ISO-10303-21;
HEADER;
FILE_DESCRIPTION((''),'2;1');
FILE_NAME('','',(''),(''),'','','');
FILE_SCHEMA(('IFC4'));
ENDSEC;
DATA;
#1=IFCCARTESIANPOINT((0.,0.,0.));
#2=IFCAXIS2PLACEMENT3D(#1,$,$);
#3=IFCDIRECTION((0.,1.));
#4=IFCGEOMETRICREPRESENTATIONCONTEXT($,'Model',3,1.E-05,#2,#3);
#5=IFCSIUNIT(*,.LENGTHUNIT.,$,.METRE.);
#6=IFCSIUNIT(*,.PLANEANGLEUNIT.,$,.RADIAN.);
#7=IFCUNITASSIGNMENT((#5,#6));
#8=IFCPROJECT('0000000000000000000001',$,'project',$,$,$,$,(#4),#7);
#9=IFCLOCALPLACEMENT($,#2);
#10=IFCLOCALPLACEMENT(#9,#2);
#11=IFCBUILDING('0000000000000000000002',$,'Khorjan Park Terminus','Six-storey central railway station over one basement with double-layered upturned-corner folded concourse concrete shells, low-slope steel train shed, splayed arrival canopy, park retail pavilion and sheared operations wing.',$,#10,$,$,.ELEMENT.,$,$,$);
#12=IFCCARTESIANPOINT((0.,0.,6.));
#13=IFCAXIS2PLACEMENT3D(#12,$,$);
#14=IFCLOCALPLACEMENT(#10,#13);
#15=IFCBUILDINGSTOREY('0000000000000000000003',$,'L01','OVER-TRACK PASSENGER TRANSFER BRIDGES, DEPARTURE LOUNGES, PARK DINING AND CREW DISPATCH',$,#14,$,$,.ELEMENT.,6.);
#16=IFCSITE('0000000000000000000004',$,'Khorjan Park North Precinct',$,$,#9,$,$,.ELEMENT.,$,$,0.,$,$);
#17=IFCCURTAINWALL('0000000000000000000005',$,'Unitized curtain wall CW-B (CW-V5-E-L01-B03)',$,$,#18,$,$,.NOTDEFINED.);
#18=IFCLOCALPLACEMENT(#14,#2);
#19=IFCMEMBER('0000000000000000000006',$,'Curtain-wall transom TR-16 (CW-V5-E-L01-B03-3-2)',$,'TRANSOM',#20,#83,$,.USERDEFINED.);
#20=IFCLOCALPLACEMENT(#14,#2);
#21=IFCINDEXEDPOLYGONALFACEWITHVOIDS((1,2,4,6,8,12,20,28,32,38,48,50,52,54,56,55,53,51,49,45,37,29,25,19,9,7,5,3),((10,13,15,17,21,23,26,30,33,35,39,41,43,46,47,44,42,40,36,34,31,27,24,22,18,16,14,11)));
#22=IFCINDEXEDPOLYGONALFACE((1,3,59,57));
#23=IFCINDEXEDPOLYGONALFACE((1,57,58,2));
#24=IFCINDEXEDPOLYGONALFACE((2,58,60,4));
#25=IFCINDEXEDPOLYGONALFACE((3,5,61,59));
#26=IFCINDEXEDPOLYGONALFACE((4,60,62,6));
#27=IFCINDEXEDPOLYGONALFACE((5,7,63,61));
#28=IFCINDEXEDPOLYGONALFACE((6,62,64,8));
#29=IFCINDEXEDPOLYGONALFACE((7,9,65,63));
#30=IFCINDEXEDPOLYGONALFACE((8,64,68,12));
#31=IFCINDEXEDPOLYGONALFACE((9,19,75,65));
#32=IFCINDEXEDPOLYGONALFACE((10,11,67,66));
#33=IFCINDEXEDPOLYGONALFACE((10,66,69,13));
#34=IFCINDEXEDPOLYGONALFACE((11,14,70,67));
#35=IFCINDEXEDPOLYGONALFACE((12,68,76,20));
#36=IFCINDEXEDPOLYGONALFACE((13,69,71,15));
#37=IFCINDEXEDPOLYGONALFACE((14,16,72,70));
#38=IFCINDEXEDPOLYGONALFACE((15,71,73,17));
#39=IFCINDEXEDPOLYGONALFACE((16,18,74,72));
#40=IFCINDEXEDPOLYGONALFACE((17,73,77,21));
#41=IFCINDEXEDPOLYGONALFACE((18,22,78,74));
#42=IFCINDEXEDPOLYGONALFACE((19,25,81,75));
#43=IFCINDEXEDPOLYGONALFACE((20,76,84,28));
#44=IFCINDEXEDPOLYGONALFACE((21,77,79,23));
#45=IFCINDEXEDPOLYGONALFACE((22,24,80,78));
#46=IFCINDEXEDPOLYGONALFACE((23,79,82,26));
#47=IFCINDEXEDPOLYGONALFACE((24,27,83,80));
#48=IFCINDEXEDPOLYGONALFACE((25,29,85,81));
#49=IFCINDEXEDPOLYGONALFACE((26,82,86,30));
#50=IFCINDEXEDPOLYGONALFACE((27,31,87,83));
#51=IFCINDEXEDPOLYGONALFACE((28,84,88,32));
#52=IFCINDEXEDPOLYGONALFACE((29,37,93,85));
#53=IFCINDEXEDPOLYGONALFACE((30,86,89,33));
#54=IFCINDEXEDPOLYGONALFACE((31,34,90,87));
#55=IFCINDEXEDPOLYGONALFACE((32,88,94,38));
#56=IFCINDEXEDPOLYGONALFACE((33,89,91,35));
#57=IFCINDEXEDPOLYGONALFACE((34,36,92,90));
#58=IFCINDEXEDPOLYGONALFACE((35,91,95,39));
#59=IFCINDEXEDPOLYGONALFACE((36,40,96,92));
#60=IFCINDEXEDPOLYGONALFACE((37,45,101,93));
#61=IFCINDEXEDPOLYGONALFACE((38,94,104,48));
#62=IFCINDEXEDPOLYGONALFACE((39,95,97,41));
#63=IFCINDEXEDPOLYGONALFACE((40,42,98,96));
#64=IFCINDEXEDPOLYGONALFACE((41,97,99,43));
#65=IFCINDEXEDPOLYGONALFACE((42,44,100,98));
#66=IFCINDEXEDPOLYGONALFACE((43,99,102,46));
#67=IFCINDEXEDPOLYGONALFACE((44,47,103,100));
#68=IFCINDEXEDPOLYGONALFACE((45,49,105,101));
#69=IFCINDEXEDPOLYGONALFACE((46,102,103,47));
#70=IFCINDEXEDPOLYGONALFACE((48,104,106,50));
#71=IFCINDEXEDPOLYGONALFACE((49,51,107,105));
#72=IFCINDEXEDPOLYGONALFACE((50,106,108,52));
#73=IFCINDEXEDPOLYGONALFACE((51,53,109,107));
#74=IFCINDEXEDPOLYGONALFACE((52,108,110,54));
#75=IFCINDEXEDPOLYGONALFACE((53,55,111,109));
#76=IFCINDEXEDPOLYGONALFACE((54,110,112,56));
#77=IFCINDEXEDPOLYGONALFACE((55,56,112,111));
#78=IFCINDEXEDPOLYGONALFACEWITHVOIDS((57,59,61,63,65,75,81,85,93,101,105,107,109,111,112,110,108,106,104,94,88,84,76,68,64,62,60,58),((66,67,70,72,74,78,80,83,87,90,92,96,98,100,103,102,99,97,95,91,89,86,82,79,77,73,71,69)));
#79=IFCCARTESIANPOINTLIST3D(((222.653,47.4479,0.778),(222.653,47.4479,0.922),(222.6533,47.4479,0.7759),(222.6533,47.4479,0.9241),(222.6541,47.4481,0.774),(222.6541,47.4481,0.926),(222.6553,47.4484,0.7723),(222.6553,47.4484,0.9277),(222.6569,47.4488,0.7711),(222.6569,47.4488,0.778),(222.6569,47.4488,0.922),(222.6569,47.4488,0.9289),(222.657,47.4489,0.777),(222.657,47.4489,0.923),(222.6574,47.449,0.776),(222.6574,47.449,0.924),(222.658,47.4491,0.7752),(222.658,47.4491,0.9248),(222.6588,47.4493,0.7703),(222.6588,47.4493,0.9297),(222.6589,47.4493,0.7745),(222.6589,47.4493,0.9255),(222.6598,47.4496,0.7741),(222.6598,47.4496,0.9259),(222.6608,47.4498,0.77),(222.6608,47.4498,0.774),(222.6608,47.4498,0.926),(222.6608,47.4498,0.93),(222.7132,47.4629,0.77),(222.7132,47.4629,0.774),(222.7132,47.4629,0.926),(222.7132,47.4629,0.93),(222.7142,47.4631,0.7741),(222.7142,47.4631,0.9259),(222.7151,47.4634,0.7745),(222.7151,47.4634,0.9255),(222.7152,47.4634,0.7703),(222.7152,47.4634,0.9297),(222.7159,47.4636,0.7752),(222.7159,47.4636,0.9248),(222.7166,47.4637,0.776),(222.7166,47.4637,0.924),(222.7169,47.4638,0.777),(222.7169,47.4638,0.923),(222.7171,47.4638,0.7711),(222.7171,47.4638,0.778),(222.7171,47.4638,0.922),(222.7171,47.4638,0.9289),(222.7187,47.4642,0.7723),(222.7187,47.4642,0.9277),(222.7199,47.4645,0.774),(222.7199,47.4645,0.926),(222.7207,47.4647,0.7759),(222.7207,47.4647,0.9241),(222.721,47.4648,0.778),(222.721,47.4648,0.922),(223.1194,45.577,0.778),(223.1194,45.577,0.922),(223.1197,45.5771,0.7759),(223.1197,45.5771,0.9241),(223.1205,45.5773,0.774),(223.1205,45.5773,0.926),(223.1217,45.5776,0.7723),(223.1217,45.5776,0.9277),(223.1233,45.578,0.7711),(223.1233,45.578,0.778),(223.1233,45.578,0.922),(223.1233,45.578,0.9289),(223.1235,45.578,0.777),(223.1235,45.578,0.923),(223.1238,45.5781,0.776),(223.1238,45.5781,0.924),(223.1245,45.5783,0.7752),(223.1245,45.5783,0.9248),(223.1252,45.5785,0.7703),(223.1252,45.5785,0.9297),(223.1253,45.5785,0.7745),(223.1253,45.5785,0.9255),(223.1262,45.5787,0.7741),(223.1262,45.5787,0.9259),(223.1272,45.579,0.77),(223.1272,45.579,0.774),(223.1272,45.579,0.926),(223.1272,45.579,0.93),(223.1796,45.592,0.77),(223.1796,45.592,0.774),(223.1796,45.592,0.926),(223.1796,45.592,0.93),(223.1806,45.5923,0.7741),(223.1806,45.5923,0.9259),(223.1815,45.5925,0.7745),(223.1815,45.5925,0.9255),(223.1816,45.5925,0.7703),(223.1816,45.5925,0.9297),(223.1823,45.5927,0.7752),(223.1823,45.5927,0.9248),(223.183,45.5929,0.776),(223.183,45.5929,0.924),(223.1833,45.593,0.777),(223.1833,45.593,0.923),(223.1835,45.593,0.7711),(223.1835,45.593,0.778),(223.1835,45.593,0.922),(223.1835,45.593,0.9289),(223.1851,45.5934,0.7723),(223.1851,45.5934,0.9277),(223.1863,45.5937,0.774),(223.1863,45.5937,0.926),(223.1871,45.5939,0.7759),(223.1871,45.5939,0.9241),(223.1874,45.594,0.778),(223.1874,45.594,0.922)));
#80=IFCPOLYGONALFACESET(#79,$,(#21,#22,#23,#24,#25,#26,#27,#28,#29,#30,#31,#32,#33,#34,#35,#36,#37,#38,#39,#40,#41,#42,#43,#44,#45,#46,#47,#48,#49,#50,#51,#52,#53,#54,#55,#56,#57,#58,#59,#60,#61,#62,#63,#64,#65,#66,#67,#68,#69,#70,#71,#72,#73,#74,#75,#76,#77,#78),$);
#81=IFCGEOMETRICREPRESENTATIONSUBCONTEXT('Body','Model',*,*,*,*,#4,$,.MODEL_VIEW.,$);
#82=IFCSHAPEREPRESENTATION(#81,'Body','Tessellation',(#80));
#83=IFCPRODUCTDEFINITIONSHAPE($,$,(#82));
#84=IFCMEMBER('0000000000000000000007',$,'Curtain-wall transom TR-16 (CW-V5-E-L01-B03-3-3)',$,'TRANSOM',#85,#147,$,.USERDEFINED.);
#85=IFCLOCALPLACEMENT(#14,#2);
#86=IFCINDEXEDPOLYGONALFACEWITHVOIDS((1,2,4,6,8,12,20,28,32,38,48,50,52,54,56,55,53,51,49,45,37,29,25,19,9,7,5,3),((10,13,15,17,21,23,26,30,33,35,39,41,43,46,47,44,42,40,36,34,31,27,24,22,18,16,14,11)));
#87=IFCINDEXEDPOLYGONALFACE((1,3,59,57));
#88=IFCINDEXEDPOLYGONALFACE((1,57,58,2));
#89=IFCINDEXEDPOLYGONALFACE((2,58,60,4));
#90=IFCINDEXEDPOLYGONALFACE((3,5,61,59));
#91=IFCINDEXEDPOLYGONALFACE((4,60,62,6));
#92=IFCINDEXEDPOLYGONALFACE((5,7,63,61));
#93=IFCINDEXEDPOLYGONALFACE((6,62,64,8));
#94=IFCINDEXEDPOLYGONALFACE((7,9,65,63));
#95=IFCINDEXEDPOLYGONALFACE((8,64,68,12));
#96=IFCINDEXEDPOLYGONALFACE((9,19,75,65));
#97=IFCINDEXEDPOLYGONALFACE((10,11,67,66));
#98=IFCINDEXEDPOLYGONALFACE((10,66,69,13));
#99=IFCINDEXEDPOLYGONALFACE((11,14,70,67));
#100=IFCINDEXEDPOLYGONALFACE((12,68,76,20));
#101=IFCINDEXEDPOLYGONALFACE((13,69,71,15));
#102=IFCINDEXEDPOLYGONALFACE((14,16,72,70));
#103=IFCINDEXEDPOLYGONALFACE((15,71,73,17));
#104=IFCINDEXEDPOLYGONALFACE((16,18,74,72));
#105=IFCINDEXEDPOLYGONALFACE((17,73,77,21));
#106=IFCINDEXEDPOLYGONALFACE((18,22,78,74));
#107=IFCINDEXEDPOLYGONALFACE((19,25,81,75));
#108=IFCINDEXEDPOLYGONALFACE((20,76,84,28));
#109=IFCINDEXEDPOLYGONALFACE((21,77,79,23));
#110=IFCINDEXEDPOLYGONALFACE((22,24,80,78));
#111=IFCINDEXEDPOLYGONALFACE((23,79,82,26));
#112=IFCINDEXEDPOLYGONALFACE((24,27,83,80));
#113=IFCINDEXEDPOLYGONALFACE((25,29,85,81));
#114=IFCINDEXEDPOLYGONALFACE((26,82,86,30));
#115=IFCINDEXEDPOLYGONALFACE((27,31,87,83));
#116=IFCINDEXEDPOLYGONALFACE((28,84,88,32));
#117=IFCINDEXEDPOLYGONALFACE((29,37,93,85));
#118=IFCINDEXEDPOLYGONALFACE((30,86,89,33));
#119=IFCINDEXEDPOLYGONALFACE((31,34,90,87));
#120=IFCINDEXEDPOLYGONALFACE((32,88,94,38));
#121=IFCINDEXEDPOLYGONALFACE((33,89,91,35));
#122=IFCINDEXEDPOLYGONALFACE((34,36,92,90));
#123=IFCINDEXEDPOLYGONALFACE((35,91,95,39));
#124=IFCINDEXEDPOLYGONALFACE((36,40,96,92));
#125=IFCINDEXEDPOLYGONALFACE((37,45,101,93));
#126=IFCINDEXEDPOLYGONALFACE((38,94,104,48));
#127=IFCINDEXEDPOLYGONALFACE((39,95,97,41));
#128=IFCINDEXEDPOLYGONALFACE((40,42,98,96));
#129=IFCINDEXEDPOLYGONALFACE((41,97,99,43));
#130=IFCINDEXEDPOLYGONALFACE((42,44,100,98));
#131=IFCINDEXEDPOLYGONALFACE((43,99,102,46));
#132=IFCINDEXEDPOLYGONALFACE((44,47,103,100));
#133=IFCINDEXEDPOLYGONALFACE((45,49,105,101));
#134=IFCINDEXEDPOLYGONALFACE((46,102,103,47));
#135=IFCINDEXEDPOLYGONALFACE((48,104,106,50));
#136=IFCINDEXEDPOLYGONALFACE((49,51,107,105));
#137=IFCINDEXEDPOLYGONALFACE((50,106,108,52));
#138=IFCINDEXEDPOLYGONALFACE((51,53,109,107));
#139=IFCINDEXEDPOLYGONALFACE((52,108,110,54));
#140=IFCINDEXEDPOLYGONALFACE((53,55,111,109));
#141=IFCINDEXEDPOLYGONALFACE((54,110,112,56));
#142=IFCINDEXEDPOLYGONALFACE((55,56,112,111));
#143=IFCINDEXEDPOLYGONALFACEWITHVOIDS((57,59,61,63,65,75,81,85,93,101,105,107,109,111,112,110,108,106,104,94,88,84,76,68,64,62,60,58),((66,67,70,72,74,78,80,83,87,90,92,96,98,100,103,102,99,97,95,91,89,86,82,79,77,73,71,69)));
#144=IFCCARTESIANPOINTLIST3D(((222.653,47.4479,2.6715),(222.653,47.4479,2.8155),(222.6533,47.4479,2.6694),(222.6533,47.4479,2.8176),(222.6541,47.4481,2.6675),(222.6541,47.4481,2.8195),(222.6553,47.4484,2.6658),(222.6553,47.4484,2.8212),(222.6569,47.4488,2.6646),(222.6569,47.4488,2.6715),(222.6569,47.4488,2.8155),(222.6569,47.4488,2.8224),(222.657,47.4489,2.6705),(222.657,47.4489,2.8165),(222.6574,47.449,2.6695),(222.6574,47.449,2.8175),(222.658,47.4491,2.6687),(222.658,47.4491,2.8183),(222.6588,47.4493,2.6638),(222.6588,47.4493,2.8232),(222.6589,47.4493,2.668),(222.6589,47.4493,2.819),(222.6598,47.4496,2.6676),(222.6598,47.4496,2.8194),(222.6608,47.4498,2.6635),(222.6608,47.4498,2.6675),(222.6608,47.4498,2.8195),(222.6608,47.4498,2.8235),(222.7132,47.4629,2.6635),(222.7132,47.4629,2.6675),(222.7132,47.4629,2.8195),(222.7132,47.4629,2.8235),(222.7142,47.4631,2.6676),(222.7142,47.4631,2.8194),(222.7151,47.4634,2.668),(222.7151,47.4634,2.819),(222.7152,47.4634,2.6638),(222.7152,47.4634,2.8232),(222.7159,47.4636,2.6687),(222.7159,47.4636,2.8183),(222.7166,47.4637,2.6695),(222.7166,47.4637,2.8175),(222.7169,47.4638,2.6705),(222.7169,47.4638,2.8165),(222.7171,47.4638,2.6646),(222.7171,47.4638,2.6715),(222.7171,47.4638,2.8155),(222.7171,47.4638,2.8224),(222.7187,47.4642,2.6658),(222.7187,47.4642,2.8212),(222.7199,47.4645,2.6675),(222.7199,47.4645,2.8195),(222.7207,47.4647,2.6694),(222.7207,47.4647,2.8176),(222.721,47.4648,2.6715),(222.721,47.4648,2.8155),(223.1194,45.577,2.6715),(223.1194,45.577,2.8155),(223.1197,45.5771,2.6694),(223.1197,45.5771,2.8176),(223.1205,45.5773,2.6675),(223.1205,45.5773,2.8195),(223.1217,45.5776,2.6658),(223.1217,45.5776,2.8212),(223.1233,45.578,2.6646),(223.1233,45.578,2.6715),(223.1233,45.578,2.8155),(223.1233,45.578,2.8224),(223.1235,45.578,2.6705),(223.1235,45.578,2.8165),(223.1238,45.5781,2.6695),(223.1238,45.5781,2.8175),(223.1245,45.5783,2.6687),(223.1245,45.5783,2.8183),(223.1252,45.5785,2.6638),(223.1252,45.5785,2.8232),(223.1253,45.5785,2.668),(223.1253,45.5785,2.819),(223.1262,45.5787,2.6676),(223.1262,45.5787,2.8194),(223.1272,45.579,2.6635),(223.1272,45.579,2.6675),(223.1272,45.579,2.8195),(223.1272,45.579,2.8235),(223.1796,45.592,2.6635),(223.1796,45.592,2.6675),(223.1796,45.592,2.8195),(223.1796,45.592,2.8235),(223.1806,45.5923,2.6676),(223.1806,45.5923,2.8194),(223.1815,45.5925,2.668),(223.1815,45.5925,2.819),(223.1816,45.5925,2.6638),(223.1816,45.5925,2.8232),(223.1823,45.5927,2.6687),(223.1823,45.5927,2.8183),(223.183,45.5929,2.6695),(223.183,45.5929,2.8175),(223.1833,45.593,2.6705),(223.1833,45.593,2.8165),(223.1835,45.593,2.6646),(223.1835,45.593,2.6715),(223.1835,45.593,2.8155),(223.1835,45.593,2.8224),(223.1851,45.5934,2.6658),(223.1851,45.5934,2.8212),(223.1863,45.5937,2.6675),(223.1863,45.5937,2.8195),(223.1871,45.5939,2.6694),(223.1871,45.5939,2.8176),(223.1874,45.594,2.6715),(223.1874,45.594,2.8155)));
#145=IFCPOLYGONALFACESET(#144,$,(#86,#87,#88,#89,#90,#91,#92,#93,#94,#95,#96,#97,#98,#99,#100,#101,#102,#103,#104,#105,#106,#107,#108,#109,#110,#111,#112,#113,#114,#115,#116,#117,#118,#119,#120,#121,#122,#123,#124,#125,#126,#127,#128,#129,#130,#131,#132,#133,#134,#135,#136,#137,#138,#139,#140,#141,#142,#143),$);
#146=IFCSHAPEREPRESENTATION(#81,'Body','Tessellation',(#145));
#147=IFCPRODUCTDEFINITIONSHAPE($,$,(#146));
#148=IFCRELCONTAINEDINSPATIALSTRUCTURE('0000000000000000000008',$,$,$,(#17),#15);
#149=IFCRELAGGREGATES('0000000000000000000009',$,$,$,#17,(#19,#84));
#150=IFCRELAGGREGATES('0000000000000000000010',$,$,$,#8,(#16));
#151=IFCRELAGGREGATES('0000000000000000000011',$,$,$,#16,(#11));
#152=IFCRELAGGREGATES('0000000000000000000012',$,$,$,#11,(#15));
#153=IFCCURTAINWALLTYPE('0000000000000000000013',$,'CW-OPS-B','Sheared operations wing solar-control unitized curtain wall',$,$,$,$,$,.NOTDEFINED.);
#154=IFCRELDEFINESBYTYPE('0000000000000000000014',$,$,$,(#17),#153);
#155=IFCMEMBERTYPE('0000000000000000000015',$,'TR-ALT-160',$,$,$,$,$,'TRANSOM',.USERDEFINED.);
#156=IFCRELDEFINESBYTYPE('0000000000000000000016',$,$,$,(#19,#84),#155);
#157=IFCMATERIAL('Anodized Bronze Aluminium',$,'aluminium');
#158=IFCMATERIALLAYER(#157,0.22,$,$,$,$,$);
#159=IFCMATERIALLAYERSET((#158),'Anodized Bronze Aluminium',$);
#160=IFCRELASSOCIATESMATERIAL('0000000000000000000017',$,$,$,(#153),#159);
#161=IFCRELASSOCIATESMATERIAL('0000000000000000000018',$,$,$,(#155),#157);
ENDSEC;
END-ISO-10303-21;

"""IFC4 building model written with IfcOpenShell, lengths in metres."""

from ifc_helpers import new_model, si_unit, direction, frame, origin, origin_2d, place, context, subcontext, project, spatial, hollow_rectangle, extrude, material, layer, layer_set, material_profile, profile_set, type_object, element, aggregate, save


model = new_model("IFC4")

# Units and contexts
model_context = context("Model", 3, precision=1e-05, world=origin(), true_north=direction((0.0, 1.0)))
body_context = subcontext(model_context, "Body", "Model", "MODEL_VIEW")
ifc_project = project(units=[si_unit("LENGTHUNIT", "METRE"), si_unit("PLANEANGLEUNIT", "RADIAN")], contexts=[model_context])

# Site, building, storey
site_placement = place(None, origin())
site = spatial("IfcSite", under=ifc_project, at=site_placement, Name="Khorjan Park North Precinct", CompositionType="ELEMENT", RefElevation=0.0)
building_placement = place(site_placement, origin())
building = spatial("IfcBuilding", under=site, at=building_placement, Name="Khorjan Park Terminus", Description="Six-storey central railway station over one basement with double-layered upturned-corner folded concourse concrete shells, low-slope steel train shed, splayed arrival canopy, park retail pavilion and sheared operations wing.", CompositionType="ELEMENT")
storey_placement = place(building_placement, frame((0.0, 0.0, 6.0)))
storey = spatial("IfcBuildingStorey", under=building, at=storey_placement, Name="L01", Description="OVER-TRACK PASSENGER TRANSFER BRIDGES, DEPARTURE LOUNGES, PARK DINING AND CREW DISPATCH", CompositionType="ELEMENT", Elevation=6.0)

# Curtain wall, members
ifc_material_1 = material(Name="Anodized Bronze Aluminium", Category="aluminium")
ifc_layer_1 = layer(ifc_material_1, 0.22)
ifc_layer_set_1 = layer_set([ifc_layer_1], Name="Anodized Bronze Aluminium")
curtain_wall_type = type_object("IfcCurtainWallType", Name="CW-OPS-B", Description="Sheared operations wing solar-control unitized curtain wall", PredefinedType="NOTDEFINED", material=ifc_layer_set_1)
curtain_wall_placement = place(storey_placement, origin())
curtain_wall = element("IfcCurtainWall", 1, at=curtain_wall_placement, inside=storey, type_object=curtain_wall_type, Name="Unitized curtain wall CW-B (CW-V5-E-L01-B03)", PredefinedType="NOTDEFINED")
ifc_material_profile_1 = material_profile(ifc_material_1, hollow_rectangle(XDim=0.07, YDim=0.16, WallThickness=0.004, InnerFilletRadius=0.004, OuterFilletRadius=0.008, at=origin_2d()), Name="ALT 70x160x4")
ifc_profile_set_1 = profile_set([ifc_material_profile_1], Name="Anodized Bronze Aluminium")
member_type_1 = type_object("IfcMemberType", Name="TR-ALT-160", ElementType="TRANSOM", PredefinedType="USERDEFINED", material=ifc_profile_set_1)
member_1_placement = place(storey_placement, frame((223.1534, 45.5855, 0.85), z_axis=(-0.241901, 0.970301, 0.0), x_axis=(-0.970301, -0.241901, 0.0)))
member_1 = element("IfcMember", 2, at=member_1_placement, type_object=member_type_1, Name="Curtain-wall transom TR-16 (CW-V5-E-L01-B03-3-2)", ObjectType="TRANSOM", PredefinedType="USERDEFINED", context=body_context, shape_type="SweptSolid", body=[
    extrude(hollow_rectangle(XDim=0.07, YDim=0.16, WallThickness=0.004, InnerFilletRadius=0.004, OuterFilletRadius=0.008, at=origin_2d()), origin(), (0.0, 0.0, 1.0), 1.9281),
])
member_2_placement = place(storey_placement, frame((223.1534, 45.5855, 2.7435), z_axis=(-0.241901, 0.970301, 0.0), x_axis=(-0.970301, -0.241901, 0.0)))
member_2 = element("IfcMember", 3, at=member_2_placement, type_object=member_type_1, Name="Curtain-wall transom TR-16 (CW-V5-E-L01-B03-3-3)", ObjectType="TRANSOM", PredefinedType="USERDEFINED", context=body_context, shape_type="SweptSolid", body=[
    extrude(hollow_rectangle(XDim=0.07, YDim=0.16, WallThickness=0.004, InnerFilletRadius=0.004, OuterFilletRadius=0.008, at=origin_2d()), origin(), (0.0, 0.0, 1.0), 1.9281),
])
aggregate(curtain_wall, [member_1, member_2])

save(model, "model.ifc")
